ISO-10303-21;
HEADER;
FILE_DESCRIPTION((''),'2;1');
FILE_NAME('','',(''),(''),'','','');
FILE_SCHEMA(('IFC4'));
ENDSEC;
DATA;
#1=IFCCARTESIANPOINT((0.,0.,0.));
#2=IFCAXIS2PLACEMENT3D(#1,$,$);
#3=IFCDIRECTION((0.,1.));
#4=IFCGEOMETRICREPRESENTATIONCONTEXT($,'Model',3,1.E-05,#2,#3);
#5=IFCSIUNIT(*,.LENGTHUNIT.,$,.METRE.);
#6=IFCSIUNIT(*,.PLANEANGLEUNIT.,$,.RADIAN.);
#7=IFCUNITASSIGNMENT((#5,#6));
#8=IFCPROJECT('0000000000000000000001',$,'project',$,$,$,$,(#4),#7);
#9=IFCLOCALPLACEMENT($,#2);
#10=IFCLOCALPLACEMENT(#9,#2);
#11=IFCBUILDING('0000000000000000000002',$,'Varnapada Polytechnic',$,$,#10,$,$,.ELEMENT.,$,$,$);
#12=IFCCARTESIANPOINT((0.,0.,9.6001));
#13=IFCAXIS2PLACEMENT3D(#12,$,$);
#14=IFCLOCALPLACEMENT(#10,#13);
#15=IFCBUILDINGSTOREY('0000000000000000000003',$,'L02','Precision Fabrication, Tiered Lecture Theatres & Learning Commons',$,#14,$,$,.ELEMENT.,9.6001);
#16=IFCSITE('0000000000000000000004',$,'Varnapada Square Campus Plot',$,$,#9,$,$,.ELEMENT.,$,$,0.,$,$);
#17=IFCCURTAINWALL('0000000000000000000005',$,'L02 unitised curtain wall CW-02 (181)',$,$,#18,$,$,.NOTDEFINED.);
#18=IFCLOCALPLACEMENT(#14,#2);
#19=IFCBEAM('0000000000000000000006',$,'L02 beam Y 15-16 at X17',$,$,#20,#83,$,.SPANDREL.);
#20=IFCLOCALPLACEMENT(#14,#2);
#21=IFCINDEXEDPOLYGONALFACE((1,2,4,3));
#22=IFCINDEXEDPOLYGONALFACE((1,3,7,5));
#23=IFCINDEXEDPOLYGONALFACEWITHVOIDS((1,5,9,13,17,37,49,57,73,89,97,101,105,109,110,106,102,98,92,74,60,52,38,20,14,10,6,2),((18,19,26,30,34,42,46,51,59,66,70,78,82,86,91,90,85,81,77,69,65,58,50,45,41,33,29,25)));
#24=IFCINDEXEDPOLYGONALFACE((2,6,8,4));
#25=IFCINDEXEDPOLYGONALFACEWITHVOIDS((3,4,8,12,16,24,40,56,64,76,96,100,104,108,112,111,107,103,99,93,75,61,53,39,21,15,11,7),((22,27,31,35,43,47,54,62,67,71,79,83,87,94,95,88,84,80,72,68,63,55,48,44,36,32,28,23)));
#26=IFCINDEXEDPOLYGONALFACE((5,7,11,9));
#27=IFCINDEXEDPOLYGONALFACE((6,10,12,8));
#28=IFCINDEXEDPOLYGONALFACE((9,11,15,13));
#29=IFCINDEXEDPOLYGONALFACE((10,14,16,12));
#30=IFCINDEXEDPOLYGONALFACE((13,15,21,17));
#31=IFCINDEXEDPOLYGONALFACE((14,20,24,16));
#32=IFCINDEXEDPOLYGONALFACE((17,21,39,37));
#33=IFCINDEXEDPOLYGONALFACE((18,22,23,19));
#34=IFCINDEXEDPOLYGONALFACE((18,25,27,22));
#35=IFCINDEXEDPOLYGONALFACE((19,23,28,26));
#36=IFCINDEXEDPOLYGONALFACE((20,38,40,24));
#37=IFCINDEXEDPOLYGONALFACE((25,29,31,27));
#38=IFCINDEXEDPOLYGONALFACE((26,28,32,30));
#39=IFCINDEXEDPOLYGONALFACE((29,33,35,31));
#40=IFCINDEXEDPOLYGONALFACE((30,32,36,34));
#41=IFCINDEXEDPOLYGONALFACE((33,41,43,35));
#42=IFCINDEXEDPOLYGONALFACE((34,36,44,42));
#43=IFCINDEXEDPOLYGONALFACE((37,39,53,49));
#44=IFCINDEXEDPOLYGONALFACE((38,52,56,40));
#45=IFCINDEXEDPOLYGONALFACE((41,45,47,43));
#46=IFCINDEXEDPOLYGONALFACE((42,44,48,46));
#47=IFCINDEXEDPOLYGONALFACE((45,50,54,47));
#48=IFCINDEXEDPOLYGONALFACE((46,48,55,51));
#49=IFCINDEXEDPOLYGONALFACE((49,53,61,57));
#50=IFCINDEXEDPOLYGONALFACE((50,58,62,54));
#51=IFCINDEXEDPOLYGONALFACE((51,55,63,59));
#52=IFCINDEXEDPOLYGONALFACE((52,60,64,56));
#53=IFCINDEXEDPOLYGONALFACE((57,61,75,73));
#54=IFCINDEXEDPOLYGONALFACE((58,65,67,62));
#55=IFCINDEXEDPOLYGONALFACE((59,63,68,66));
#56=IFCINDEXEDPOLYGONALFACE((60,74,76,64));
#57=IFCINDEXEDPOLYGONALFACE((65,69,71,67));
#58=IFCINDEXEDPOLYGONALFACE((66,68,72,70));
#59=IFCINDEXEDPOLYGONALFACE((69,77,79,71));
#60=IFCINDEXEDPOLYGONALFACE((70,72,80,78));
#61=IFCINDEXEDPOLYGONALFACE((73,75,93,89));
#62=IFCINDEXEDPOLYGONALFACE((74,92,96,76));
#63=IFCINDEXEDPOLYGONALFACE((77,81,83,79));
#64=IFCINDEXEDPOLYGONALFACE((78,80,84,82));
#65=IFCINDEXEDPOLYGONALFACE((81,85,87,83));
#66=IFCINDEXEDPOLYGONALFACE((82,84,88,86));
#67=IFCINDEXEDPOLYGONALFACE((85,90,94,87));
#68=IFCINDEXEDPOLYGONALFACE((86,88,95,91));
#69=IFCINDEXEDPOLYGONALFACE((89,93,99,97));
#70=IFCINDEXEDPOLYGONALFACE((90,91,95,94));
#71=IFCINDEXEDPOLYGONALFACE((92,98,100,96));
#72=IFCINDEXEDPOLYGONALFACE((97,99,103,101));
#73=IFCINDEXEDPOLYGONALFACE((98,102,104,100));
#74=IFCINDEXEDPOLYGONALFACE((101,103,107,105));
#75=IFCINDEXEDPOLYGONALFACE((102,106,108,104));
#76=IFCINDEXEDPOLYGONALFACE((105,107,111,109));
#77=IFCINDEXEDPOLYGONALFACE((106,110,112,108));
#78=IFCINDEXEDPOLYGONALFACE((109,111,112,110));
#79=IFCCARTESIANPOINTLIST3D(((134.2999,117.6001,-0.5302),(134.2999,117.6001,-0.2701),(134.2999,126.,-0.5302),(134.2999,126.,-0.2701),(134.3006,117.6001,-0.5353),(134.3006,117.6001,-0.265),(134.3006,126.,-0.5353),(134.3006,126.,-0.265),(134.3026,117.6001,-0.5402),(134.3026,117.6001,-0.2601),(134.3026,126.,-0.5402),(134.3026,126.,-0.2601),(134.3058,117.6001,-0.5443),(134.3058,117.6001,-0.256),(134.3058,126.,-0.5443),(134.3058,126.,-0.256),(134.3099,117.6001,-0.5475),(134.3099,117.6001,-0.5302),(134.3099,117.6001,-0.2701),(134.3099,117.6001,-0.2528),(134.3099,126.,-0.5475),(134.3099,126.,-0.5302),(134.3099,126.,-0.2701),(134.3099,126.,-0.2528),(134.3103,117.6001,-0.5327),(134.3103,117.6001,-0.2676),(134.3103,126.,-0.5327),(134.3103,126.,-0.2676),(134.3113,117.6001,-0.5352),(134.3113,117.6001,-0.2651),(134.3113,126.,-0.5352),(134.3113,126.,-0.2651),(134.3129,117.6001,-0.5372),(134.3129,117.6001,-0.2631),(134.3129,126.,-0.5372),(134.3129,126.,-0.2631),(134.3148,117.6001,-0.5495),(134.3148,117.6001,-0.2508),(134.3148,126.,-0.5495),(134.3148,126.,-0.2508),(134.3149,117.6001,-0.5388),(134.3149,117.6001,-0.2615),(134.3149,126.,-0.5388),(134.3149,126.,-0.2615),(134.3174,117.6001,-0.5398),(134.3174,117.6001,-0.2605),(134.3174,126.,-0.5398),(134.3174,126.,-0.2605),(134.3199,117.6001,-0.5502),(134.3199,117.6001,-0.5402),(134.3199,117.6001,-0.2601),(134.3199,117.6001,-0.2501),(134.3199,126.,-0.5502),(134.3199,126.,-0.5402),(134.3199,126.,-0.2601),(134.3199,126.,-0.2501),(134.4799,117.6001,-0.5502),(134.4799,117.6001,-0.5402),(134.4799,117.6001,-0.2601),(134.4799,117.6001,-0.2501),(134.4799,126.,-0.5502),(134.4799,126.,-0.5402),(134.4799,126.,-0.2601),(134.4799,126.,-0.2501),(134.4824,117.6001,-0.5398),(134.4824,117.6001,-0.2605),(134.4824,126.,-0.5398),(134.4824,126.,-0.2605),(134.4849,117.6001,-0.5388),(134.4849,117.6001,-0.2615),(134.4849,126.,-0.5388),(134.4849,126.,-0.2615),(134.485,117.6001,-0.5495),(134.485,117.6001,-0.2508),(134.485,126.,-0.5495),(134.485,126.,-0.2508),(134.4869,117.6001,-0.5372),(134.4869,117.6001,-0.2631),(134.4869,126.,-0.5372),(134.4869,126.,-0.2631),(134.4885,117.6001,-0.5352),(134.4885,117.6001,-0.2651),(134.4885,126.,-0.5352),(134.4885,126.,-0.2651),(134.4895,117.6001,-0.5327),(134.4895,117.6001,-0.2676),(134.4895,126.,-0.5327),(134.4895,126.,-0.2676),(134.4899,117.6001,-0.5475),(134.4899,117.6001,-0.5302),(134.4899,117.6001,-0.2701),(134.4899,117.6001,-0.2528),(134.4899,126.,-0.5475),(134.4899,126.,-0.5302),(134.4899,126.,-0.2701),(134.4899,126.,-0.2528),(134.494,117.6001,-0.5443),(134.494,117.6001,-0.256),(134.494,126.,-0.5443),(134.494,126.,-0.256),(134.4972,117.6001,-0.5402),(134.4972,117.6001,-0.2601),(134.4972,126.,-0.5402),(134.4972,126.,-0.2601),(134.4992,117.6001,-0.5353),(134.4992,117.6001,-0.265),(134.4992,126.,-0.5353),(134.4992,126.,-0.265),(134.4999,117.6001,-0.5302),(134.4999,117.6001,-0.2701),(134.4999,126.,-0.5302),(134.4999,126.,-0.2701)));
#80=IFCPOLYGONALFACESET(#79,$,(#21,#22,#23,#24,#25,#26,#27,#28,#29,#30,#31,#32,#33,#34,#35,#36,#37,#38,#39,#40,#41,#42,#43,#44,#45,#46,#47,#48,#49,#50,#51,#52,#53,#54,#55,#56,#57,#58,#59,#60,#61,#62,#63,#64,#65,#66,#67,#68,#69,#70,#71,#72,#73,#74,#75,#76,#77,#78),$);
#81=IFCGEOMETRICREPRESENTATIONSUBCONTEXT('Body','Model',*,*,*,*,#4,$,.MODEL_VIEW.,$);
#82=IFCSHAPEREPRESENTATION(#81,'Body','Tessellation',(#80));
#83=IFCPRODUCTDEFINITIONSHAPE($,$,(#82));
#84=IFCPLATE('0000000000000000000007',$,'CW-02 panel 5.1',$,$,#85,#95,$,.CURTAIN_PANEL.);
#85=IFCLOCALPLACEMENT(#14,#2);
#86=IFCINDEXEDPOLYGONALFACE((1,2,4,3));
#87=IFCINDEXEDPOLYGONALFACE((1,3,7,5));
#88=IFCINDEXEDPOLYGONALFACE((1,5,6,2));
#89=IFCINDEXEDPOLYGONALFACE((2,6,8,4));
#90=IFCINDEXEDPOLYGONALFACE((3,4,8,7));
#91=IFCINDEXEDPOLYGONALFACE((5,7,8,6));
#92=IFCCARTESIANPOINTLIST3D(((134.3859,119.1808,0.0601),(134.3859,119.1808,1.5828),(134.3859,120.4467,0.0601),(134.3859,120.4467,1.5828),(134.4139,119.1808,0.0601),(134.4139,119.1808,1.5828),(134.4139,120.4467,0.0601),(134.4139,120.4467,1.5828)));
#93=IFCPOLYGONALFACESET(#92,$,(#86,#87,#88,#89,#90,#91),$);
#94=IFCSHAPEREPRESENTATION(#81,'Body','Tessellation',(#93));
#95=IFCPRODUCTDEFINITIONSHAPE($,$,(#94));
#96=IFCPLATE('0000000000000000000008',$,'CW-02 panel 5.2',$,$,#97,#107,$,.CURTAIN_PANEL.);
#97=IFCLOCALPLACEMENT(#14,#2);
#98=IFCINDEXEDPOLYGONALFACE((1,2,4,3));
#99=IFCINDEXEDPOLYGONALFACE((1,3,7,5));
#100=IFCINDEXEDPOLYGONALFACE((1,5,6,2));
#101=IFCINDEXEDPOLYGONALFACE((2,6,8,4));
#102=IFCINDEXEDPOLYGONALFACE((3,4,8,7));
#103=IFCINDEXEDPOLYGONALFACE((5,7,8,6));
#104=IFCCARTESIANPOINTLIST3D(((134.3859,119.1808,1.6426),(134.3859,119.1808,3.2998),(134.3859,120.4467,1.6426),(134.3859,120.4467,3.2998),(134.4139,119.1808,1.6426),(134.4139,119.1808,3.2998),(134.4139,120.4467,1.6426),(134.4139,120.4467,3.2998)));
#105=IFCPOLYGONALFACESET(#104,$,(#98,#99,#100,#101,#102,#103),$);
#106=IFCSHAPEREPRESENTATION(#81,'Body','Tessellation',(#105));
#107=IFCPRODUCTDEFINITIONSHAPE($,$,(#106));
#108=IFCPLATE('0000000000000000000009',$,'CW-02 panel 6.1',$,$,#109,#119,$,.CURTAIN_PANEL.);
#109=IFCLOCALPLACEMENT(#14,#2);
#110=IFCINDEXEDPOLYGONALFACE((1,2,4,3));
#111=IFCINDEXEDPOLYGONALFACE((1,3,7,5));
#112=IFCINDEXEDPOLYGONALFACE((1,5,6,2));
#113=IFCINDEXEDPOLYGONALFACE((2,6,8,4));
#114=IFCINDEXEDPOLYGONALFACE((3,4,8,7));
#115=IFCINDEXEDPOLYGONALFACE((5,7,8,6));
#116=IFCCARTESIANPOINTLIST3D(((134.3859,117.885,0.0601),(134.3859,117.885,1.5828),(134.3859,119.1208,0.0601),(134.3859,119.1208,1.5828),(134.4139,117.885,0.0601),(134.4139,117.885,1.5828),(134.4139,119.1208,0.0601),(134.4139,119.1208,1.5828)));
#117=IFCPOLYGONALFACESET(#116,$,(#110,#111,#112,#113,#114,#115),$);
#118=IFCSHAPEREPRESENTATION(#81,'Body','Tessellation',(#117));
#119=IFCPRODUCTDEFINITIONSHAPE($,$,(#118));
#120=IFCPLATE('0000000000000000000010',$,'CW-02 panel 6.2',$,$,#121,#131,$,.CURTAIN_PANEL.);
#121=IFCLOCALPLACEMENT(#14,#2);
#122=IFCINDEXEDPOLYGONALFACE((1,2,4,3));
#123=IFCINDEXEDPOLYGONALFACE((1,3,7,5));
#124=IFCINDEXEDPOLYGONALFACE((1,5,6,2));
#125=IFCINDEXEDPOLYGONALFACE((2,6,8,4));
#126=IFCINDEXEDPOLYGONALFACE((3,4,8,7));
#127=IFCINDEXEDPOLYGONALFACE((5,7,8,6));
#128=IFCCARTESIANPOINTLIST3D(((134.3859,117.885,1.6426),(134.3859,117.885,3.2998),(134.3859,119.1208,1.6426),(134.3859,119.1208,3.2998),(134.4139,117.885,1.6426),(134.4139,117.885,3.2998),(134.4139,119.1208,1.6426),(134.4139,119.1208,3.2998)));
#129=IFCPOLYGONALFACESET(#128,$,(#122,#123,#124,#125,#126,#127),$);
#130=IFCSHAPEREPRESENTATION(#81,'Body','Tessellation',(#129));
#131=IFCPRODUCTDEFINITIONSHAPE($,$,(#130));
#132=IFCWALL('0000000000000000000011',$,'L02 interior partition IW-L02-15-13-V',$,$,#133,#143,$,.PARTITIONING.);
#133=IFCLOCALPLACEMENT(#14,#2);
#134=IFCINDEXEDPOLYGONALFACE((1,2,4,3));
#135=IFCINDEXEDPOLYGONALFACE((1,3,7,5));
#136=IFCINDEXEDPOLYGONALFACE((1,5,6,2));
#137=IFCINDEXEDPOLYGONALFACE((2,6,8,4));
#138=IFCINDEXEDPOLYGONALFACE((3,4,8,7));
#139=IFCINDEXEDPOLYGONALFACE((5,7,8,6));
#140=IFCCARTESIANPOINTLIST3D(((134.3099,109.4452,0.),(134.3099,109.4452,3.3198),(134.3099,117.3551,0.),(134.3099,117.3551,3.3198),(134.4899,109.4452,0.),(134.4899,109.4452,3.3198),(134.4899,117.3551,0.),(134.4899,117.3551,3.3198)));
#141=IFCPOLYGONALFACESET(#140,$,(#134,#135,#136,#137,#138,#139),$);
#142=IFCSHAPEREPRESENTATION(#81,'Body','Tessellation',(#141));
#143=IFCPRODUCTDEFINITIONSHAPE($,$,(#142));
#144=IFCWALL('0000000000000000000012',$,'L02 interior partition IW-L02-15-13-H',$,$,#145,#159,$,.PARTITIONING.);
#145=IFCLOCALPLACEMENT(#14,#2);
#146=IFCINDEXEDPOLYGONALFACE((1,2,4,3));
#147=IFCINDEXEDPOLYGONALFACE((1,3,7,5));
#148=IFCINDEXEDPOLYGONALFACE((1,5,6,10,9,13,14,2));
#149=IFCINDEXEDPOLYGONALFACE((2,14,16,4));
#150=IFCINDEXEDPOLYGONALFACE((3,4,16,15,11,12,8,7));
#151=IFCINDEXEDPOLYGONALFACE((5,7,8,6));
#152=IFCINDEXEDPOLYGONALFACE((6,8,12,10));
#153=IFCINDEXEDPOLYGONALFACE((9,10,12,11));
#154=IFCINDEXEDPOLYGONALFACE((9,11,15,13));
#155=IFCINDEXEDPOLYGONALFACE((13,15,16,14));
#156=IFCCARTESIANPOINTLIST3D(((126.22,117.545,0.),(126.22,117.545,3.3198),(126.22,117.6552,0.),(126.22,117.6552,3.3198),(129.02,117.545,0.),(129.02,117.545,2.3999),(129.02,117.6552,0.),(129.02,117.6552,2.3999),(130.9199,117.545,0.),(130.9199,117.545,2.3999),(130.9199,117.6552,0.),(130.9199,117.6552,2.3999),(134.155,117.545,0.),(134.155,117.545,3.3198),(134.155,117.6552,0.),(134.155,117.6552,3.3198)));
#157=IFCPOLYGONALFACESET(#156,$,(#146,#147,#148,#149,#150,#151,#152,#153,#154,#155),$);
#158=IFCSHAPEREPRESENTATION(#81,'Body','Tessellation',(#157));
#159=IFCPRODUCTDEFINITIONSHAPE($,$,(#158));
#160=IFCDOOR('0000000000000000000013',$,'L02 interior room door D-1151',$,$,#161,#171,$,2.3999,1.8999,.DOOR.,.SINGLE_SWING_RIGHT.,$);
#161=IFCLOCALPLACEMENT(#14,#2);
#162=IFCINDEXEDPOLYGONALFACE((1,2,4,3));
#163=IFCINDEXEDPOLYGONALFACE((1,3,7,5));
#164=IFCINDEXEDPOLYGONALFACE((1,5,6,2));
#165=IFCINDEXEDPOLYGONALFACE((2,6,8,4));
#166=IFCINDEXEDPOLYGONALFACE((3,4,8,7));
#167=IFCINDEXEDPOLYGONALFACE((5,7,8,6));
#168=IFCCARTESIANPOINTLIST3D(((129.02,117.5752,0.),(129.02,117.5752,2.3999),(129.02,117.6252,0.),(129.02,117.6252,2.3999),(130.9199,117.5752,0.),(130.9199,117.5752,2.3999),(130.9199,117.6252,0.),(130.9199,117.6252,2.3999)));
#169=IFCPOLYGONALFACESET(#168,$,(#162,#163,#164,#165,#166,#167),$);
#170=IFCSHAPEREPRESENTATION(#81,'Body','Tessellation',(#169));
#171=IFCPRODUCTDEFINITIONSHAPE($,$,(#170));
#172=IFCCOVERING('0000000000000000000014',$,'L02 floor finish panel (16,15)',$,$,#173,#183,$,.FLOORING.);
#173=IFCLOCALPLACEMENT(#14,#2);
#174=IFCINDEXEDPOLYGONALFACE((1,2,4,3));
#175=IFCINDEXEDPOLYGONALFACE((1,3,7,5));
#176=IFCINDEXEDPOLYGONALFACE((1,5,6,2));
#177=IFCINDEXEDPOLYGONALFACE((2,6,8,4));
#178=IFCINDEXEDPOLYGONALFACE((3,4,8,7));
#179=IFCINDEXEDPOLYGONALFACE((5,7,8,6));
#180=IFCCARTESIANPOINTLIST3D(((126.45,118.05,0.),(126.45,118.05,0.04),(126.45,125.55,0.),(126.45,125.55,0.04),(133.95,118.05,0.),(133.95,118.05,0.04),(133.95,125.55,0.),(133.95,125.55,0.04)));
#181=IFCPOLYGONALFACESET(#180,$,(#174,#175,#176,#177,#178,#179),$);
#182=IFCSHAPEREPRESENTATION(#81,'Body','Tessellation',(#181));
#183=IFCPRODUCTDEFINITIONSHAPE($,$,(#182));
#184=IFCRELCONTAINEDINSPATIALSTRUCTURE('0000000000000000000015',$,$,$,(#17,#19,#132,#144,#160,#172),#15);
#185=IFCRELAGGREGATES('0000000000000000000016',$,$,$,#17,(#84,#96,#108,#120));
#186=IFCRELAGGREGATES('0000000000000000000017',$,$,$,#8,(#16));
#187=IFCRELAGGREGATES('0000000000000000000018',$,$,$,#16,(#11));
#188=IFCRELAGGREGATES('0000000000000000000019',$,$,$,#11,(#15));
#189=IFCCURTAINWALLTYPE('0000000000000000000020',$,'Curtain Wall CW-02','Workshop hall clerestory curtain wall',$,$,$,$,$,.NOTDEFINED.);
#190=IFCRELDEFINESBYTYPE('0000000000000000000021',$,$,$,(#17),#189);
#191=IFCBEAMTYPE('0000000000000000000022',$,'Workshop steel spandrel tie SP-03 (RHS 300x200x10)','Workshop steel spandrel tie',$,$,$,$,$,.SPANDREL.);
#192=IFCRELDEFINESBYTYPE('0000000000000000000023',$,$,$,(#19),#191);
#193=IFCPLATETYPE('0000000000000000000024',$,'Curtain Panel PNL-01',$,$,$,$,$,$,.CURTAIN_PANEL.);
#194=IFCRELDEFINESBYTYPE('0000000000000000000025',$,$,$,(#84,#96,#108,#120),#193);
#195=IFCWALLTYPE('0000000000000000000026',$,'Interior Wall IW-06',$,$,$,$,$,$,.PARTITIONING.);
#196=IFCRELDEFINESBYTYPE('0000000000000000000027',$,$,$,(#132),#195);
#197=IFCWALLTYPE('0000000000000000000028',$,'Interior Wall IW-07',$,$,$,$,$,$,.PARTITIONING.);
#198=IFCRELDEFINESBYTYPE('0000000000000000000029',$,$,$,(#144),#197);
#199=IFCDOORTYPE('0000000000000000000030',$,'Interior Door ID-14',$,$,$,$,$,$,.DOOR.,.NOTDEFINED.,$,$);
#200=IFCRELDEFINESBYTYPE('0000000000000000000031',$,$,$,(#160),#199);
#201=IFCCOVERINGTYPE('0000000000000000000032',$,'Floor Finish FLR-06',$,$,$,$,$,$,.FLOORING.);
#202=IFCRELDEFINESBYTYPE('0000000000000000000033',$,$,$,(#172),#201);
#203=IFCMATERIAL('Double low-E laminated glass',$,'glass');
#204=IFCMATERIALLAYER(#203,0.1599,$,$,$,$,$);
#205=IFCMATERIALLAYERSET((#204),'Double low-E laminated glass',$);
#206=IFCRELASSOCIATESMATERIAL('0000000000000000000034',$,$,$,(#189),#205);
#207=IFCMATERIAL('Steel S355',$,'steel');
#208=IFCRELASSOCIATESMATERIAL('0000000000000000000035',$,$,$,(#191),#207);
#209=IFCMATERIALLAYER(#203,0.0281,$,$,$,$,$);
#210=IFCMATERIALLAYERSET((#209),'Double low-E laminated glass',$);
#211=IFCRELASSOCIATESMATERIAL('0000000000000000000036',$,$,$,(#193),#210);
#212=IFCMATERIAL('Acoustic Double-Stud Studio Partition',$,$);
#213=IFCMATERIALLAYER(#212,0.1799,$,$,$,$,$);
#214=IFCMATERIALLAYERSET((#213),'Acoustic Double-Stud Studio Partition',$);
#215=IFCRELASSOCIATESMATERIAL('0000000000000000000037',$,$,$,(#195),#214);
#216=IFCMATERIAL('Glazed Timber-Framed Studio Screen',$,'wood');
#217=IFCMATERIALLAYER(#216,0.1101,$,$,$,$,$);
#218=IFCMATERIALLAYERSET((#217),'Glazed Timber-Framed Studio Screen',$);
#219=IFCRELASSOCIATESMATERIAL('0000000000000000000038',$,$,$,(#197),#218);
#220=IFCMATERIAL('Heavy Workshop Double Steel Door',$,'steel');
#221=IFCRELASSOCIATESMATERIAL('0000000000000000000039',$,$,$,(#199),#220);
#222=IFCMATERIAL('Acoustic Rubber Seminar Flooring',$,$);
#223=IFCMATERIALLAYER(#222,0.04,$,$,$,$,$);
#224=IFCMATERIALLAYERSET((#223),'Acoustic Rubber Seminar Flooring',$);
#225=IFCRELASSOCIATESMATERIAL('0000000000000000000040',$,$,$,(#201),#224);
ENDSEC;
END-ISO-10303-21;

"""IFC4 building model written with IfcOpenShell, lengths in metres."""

from ifc_helpers import new_model, si_unit, direction, frame, frame_2d, origin, origin_2d, place, context, subcontext, project, spatial, rectangle, hollow_rectangle, extrude, material, layer, layer_set, material_profile, profile_set, type_object, element, fill, aggregate, save


model = new_model("IFC4")

# Units and contexts
model_context = context("Model", 3, precision=1e-05, world=origin(), true_north=direction((0.0, 1.0)))
body_context = subcontext(model_context, "Body", "Model", "MODEL_VIEW")
ifc_project = project(units=[si_unit("LENGTHUNIT", "METRE"), si_unit("PLANEANGLEUNIT", "RADIAN")], contexts=[model_context])

# Site, building, storey
site_placement = place(None, origin())
site = spatial("IfcSite", under=ifc_project, at=site_placement, Name="Varnapada Square Campus Plot", CompositionType="ELEMENT", RefElevation=0.0)
building_placement = place(site_placement, origin())
building = spatial("IfcBuilding", under=site, at=building_placement, Name="Varnapada Polytechnic", CompositionType="ELEMENT")
storey_placement = place(building_placement, frame((0.0, 0.0, 9.6001)))
storey = spatial("IfcBuildingStorey", under=building, at=storey_placement, Name="L02", Description="Precision Fabrication, Tiered Lecture Theatres & Learning Commons", CompositionType="ELEMENT", Elevation=9.6001)

# Shared definitions
ifc_material_1 = material(Name="Steel S355", Category="steel")

# Curtain wall
ifc_material_2 = material(Name="Double low-E laminated glass", Category="glass")
ifc_layer_1 = layer(ifc_material_2, 0.1599)
ifc_layer_set_1 = layer_set([ifc_layer_1], Name="Double low-E laminated glass")
curtain_wall_type = type_object("IfcCurtainWallType", Name="Curtain Wall CW-02", Description="Workshop hall clerestory curtain wall", PredefinedType="NOTDEFINED", material=ifc_layer_set_1)
curtain_wall_placement = place(storey_placement, origin())
curtain_wall = element("IfcCurtainWall", 1, at=curtain_wall_placement, inside=storey, type_object=curtain_wall_type, Name="L02 unitised curtain wall CW-02 (181)", PredefinedType="NOTDEFINED")

# Beam
ifc_material_profile_1 = material_profile(ifc_material_1, hollow_rectangle(XDim=0.2, YDim=0.3, WallThickness=0.01, InnerFilletRadius=0.01, OuterFilletRadius=0.02, at=origin_2d()), Name="RHS 300x200x10")
ifc_profile_set_1 = profile_set([ifc_material_profile_1], Name="Steel S355")
beam_type_1 = type_object("IfcBeamType", Name="Workshop steel spandrel tie SP-03 (RHS 300x200x10)", Description="Workshop steel spandrel tie", PredefinedType="SPANDREL", material=ifc_profile_set_1)
beam_1_placement = place(storey_placement, frame((134.3999, 117.6001, -0.4001), z_axis=(0.0, 1.0, 0.0), x_axis=(-1.0, 0.0, 0.0)))
element("IfcBeam", 2, at=beam_1_placement, inside=storey, type_object=beam_type_1, Name="L02 beam Y 15-16 at X17", PredefinedType="SPANDREL", context=body_context, shape_type="SweptSolid", body=[
    extrude(hollow_rectangle(XDim=0.2, YDim=0.3, WallThickness=0.01, InnerFilletRadius=0.01, OuterFilletRadius=0.02, at=origin_2d()), origin(), (0.0, 0.0, 1.0), 8.3999),
])

# Plates
ifc_layer_2 = layer(ifc_material_2, 0.0281)
ifc_layer_set_2 = layer_set([ifc_layer_2], Name="Double low-E laminated glass")
plate_type = type_object("IfcPlateType", Name="Curtain Panel PNL-01", PredefinedType="CURTAIN_PANEL", material=ifc_layer_set_2)
plate_1_placement = place(storey_placement, frame((134.3999, 119.8137, 0.0601), z_axis=(0.0, 0.0, 1.0), x_axis=(0.0, -1.0, 0.0)))
plate_1 = element("IfcPlate", 3, at=plate_1_placement, type_object=plate_type, Name="CW-02 panel 5.1", PredefinedType="CURTAIN_PANEL", context=body_context, shape_type="SweptSolid", body=[
    extrude(rectangle(XDim=1.2659, YDim=0.0281, at=origin_2d()), origin(), (0.0, 0.0, 1.0), 1.5227),
])
plate_2_placement = place(storey_placement, frame((134.3999, 119.8137, 1.6426), z_axis=(0.0, 0.0, 1.0), x_axis=(0.0, -1.0, 0.0)))
plate_2 = element("IfcPlate", 4, at=plate_2_placement, type_object=plate_type, Name="CW-02 panel 5.2", PredefinedType="CURTAIN_PANEL", context=body_context, shape_type="SweptSolid", body=[
    extrude(rectangle(XDim=1.2659, YDim=0.0281, at=origin_2d()), origin(), (0.0, 0.0, 1.0), 1.6572),
])
plate_3_placement = place(storey_placement, frame((134.3999, 118.5029, 0.0601), z_axis=(0.0, 0.0, 1.0), x_axis=(0.0, -1.0, 0.0)))
plate_3 = element("IfcPlate", 5, at=plate_3_placement, type_object=plate_type, Name="CW-02 panel 6.1", PredefinedType="CURTAIN_PANEL", context=body_context, shape_type="SweptSolid", body=[
    extrude(rectangle(XDim=1.2358, YDim=0.0281, at=origin_2d()), origin(), (0.0, 0.0, 1.0), 1.5227),
])
plate_4_placement = place(storey_placement, frame((134.3999, 118.5029, 1.6426), z_axis=(0.0, 0.0, 1.0), x_axis=(0.0, -1.0, 0.0)))
plate_4 = element("IfcPlate", 6, at=plate_4_placement, type_object=plate_type, Name="CW-02 panel 6.2", PredefinedType="CURTAIN_PANEL", context=body_context, shape_type="SweptSolid", body=[
    extrude(rectangle(XDim=1.2358, YDim=0.0281, at=origin_2d()), origin(), (0.0, 0.0, 1.0), 1.6572),
])
aggregate(curtain_wall, [plate_1, plate_2, plate_3, plate_4])

# Wall
ifc_material_3 = material(Name="Acoustic Double-Stud Studio Partition")
ifc_layer_3 = layer(ifc_material_3, 0.1799)
ifc_layer_set_3 = layer_set([ifc_layer_3], Name="Acoustic Double-Stud Studio Partition")
wall_type_1 = type_object("IfcWallType", Name="Interior Wall IW-06", PredefinedType="PARTITIONING", material=ifc_layer_set_3)
wall_1_placement = place(storey_placement, frame((134.3999, 109.4451, 0.0), z_axis=(0.0, 0.0, 1.0), x_axis=(0.0, 1.0, 0.0)))
element("IfcWall", 7, at=wall_1_placement, inside=storey, type_object=wall_type_1, Name="L02 interior partition IW-L02-15-13-V", PredefinedType="PARTITIONING", context=body_context, shape_type="SweptSolid", body=[
    extrude(rectangle(XDim=7.9099, YDim=0.1799, at=frame_2d((3.9551, 0.0))), origin(), (0.0, 0.0, 1.0), 3.3198),
])

# Wall, opening, door
ifc_material_4 = material(Name="Glazed Timber-Framed Studio Screen", Category="wood")
ifc_layer_4 = layer(ifc_material_4, 0.1101)
ifc_layer_set_4 = layer_set([ifc_layer_4], Name="Glazed Timber-Framed Studio Screen")
wall_type_2 = type_object("IfcWallType", Name="Interior Wall IW-07", PredefinedType="PARTITIONING", material=ifc_layer_set_4)
wall_2_placement = place(storey_placement, frame((126.22, 117.6001, 0.0), z_axis=(0.0, 0.0, 1.0), x_axis=(1.0, 0.0, 0.0)))
wall_2 = element("IfcWall", 8, at=wall_2_placement, inside=storey, type_object=wall_type_2, Name="L02 interior partition IW-L02-15-13-H", PredefinedType="PARTITIONING", context=body_context, shape_type="SweptSolid", body=[
    extrude(rectangle(XDim=7.9351, YDim=0.1101, at=frame_2d((3.9675, 0.0))), origin(), (0.0, 0.0, 1.0), 3.3198),
])
opening_placement = place(wall_2_placement, frame((2.8, 0.0, 0.0)))
opening = element("IfcOpeningElement", 9, at=opening_placement, cuts=wall_2, PredefinedType="OPENING", context=body_context, shape_type="SweptSolid", body=[
    extrude(rectangle(XDim=1.8999, YDim=2.3999, at=frame_2d((0.95, 1.2))), frame((0.0, 0.0649, 0.0), z_axis=(0.0, -1.0, 0.0), x_axis=(1.0, 0.0, 0.0)), (0.0, 0.0, 1.0), 0.1301),
])
ifc_material_5 = material(Name="Heavy Workshop Double Steel Door", Category="steel")
door_type = type_object("IfcDoorType", Name="Interior Door ID-14", OperationType="NOTDEFINED", PredefinedType="DOOR", material=ifc_material_5)
door_placement = place(opening_placement, frame((1.8999, 0.0, 0.0), z_axis=(0.0, 0.0, 1.0), x_axis=(-1.0, 0.0, 0.0)))
door = element("IfcDoor", 10, at=door_placement, inside=storey, type_object=door_type, Name="L02 interior room door D-1151", OperationType="SINGLE_SWING_RIGHT", OverallHeight=2.3999, OverallWidth=1.8999, PredefinedType="DOOR", context=body_context, shape_type="SweptSolid", body=[
    extrude(rectangle(XDim=1.8999, YDim=2.3999, at=frame_2d((0.95, 1.2))), frame((0.0, 0.0249, 0.0), z_axis=(0.0, -1.0, 0.0), x_axis=(1.0, 0.0, 0.0)), (0.0, 0.0, 1.0), 0.05),
])
fill(opening, door)

# Covering
ifc_material_6 = material(Name="Acoustic Rubber Seminar Flooring")
ifc_layer_5 = layer(ifc_material_6, 0.04)
ifc_layer_set_5 = layer_set([ifc_layer_5], Name="Acoustic Rubber Seminar Flooring")
covering_type_1 = type_object("IfcCoveringType", Name="Floor Finish FLR-06", PredefinedType="FLOORING", material=ifc_layer_set_5)
covering_1_placement = place(storey_placement, frame((130.2, 121.8, 0.0), z_axis=(0.0, 0.0, 1.0), x_axis=(1.0, 0.0, 0.0)))
element("IfcCovering", 11, at=covering_1_placement, inside=storey, type_object=covering_type_1, Name="L02 floor finish panel (16,15)", PredefinedType="FLOORING", context=body_context, shape_type="SweptSolid", body=[
    extrude(rectangle(XDim=7.5, YDim=7.5, at=origin_2d()), origin(), (0.0, 0.0, 1.0), 0.04),
])

save(model, "model.ifc")
